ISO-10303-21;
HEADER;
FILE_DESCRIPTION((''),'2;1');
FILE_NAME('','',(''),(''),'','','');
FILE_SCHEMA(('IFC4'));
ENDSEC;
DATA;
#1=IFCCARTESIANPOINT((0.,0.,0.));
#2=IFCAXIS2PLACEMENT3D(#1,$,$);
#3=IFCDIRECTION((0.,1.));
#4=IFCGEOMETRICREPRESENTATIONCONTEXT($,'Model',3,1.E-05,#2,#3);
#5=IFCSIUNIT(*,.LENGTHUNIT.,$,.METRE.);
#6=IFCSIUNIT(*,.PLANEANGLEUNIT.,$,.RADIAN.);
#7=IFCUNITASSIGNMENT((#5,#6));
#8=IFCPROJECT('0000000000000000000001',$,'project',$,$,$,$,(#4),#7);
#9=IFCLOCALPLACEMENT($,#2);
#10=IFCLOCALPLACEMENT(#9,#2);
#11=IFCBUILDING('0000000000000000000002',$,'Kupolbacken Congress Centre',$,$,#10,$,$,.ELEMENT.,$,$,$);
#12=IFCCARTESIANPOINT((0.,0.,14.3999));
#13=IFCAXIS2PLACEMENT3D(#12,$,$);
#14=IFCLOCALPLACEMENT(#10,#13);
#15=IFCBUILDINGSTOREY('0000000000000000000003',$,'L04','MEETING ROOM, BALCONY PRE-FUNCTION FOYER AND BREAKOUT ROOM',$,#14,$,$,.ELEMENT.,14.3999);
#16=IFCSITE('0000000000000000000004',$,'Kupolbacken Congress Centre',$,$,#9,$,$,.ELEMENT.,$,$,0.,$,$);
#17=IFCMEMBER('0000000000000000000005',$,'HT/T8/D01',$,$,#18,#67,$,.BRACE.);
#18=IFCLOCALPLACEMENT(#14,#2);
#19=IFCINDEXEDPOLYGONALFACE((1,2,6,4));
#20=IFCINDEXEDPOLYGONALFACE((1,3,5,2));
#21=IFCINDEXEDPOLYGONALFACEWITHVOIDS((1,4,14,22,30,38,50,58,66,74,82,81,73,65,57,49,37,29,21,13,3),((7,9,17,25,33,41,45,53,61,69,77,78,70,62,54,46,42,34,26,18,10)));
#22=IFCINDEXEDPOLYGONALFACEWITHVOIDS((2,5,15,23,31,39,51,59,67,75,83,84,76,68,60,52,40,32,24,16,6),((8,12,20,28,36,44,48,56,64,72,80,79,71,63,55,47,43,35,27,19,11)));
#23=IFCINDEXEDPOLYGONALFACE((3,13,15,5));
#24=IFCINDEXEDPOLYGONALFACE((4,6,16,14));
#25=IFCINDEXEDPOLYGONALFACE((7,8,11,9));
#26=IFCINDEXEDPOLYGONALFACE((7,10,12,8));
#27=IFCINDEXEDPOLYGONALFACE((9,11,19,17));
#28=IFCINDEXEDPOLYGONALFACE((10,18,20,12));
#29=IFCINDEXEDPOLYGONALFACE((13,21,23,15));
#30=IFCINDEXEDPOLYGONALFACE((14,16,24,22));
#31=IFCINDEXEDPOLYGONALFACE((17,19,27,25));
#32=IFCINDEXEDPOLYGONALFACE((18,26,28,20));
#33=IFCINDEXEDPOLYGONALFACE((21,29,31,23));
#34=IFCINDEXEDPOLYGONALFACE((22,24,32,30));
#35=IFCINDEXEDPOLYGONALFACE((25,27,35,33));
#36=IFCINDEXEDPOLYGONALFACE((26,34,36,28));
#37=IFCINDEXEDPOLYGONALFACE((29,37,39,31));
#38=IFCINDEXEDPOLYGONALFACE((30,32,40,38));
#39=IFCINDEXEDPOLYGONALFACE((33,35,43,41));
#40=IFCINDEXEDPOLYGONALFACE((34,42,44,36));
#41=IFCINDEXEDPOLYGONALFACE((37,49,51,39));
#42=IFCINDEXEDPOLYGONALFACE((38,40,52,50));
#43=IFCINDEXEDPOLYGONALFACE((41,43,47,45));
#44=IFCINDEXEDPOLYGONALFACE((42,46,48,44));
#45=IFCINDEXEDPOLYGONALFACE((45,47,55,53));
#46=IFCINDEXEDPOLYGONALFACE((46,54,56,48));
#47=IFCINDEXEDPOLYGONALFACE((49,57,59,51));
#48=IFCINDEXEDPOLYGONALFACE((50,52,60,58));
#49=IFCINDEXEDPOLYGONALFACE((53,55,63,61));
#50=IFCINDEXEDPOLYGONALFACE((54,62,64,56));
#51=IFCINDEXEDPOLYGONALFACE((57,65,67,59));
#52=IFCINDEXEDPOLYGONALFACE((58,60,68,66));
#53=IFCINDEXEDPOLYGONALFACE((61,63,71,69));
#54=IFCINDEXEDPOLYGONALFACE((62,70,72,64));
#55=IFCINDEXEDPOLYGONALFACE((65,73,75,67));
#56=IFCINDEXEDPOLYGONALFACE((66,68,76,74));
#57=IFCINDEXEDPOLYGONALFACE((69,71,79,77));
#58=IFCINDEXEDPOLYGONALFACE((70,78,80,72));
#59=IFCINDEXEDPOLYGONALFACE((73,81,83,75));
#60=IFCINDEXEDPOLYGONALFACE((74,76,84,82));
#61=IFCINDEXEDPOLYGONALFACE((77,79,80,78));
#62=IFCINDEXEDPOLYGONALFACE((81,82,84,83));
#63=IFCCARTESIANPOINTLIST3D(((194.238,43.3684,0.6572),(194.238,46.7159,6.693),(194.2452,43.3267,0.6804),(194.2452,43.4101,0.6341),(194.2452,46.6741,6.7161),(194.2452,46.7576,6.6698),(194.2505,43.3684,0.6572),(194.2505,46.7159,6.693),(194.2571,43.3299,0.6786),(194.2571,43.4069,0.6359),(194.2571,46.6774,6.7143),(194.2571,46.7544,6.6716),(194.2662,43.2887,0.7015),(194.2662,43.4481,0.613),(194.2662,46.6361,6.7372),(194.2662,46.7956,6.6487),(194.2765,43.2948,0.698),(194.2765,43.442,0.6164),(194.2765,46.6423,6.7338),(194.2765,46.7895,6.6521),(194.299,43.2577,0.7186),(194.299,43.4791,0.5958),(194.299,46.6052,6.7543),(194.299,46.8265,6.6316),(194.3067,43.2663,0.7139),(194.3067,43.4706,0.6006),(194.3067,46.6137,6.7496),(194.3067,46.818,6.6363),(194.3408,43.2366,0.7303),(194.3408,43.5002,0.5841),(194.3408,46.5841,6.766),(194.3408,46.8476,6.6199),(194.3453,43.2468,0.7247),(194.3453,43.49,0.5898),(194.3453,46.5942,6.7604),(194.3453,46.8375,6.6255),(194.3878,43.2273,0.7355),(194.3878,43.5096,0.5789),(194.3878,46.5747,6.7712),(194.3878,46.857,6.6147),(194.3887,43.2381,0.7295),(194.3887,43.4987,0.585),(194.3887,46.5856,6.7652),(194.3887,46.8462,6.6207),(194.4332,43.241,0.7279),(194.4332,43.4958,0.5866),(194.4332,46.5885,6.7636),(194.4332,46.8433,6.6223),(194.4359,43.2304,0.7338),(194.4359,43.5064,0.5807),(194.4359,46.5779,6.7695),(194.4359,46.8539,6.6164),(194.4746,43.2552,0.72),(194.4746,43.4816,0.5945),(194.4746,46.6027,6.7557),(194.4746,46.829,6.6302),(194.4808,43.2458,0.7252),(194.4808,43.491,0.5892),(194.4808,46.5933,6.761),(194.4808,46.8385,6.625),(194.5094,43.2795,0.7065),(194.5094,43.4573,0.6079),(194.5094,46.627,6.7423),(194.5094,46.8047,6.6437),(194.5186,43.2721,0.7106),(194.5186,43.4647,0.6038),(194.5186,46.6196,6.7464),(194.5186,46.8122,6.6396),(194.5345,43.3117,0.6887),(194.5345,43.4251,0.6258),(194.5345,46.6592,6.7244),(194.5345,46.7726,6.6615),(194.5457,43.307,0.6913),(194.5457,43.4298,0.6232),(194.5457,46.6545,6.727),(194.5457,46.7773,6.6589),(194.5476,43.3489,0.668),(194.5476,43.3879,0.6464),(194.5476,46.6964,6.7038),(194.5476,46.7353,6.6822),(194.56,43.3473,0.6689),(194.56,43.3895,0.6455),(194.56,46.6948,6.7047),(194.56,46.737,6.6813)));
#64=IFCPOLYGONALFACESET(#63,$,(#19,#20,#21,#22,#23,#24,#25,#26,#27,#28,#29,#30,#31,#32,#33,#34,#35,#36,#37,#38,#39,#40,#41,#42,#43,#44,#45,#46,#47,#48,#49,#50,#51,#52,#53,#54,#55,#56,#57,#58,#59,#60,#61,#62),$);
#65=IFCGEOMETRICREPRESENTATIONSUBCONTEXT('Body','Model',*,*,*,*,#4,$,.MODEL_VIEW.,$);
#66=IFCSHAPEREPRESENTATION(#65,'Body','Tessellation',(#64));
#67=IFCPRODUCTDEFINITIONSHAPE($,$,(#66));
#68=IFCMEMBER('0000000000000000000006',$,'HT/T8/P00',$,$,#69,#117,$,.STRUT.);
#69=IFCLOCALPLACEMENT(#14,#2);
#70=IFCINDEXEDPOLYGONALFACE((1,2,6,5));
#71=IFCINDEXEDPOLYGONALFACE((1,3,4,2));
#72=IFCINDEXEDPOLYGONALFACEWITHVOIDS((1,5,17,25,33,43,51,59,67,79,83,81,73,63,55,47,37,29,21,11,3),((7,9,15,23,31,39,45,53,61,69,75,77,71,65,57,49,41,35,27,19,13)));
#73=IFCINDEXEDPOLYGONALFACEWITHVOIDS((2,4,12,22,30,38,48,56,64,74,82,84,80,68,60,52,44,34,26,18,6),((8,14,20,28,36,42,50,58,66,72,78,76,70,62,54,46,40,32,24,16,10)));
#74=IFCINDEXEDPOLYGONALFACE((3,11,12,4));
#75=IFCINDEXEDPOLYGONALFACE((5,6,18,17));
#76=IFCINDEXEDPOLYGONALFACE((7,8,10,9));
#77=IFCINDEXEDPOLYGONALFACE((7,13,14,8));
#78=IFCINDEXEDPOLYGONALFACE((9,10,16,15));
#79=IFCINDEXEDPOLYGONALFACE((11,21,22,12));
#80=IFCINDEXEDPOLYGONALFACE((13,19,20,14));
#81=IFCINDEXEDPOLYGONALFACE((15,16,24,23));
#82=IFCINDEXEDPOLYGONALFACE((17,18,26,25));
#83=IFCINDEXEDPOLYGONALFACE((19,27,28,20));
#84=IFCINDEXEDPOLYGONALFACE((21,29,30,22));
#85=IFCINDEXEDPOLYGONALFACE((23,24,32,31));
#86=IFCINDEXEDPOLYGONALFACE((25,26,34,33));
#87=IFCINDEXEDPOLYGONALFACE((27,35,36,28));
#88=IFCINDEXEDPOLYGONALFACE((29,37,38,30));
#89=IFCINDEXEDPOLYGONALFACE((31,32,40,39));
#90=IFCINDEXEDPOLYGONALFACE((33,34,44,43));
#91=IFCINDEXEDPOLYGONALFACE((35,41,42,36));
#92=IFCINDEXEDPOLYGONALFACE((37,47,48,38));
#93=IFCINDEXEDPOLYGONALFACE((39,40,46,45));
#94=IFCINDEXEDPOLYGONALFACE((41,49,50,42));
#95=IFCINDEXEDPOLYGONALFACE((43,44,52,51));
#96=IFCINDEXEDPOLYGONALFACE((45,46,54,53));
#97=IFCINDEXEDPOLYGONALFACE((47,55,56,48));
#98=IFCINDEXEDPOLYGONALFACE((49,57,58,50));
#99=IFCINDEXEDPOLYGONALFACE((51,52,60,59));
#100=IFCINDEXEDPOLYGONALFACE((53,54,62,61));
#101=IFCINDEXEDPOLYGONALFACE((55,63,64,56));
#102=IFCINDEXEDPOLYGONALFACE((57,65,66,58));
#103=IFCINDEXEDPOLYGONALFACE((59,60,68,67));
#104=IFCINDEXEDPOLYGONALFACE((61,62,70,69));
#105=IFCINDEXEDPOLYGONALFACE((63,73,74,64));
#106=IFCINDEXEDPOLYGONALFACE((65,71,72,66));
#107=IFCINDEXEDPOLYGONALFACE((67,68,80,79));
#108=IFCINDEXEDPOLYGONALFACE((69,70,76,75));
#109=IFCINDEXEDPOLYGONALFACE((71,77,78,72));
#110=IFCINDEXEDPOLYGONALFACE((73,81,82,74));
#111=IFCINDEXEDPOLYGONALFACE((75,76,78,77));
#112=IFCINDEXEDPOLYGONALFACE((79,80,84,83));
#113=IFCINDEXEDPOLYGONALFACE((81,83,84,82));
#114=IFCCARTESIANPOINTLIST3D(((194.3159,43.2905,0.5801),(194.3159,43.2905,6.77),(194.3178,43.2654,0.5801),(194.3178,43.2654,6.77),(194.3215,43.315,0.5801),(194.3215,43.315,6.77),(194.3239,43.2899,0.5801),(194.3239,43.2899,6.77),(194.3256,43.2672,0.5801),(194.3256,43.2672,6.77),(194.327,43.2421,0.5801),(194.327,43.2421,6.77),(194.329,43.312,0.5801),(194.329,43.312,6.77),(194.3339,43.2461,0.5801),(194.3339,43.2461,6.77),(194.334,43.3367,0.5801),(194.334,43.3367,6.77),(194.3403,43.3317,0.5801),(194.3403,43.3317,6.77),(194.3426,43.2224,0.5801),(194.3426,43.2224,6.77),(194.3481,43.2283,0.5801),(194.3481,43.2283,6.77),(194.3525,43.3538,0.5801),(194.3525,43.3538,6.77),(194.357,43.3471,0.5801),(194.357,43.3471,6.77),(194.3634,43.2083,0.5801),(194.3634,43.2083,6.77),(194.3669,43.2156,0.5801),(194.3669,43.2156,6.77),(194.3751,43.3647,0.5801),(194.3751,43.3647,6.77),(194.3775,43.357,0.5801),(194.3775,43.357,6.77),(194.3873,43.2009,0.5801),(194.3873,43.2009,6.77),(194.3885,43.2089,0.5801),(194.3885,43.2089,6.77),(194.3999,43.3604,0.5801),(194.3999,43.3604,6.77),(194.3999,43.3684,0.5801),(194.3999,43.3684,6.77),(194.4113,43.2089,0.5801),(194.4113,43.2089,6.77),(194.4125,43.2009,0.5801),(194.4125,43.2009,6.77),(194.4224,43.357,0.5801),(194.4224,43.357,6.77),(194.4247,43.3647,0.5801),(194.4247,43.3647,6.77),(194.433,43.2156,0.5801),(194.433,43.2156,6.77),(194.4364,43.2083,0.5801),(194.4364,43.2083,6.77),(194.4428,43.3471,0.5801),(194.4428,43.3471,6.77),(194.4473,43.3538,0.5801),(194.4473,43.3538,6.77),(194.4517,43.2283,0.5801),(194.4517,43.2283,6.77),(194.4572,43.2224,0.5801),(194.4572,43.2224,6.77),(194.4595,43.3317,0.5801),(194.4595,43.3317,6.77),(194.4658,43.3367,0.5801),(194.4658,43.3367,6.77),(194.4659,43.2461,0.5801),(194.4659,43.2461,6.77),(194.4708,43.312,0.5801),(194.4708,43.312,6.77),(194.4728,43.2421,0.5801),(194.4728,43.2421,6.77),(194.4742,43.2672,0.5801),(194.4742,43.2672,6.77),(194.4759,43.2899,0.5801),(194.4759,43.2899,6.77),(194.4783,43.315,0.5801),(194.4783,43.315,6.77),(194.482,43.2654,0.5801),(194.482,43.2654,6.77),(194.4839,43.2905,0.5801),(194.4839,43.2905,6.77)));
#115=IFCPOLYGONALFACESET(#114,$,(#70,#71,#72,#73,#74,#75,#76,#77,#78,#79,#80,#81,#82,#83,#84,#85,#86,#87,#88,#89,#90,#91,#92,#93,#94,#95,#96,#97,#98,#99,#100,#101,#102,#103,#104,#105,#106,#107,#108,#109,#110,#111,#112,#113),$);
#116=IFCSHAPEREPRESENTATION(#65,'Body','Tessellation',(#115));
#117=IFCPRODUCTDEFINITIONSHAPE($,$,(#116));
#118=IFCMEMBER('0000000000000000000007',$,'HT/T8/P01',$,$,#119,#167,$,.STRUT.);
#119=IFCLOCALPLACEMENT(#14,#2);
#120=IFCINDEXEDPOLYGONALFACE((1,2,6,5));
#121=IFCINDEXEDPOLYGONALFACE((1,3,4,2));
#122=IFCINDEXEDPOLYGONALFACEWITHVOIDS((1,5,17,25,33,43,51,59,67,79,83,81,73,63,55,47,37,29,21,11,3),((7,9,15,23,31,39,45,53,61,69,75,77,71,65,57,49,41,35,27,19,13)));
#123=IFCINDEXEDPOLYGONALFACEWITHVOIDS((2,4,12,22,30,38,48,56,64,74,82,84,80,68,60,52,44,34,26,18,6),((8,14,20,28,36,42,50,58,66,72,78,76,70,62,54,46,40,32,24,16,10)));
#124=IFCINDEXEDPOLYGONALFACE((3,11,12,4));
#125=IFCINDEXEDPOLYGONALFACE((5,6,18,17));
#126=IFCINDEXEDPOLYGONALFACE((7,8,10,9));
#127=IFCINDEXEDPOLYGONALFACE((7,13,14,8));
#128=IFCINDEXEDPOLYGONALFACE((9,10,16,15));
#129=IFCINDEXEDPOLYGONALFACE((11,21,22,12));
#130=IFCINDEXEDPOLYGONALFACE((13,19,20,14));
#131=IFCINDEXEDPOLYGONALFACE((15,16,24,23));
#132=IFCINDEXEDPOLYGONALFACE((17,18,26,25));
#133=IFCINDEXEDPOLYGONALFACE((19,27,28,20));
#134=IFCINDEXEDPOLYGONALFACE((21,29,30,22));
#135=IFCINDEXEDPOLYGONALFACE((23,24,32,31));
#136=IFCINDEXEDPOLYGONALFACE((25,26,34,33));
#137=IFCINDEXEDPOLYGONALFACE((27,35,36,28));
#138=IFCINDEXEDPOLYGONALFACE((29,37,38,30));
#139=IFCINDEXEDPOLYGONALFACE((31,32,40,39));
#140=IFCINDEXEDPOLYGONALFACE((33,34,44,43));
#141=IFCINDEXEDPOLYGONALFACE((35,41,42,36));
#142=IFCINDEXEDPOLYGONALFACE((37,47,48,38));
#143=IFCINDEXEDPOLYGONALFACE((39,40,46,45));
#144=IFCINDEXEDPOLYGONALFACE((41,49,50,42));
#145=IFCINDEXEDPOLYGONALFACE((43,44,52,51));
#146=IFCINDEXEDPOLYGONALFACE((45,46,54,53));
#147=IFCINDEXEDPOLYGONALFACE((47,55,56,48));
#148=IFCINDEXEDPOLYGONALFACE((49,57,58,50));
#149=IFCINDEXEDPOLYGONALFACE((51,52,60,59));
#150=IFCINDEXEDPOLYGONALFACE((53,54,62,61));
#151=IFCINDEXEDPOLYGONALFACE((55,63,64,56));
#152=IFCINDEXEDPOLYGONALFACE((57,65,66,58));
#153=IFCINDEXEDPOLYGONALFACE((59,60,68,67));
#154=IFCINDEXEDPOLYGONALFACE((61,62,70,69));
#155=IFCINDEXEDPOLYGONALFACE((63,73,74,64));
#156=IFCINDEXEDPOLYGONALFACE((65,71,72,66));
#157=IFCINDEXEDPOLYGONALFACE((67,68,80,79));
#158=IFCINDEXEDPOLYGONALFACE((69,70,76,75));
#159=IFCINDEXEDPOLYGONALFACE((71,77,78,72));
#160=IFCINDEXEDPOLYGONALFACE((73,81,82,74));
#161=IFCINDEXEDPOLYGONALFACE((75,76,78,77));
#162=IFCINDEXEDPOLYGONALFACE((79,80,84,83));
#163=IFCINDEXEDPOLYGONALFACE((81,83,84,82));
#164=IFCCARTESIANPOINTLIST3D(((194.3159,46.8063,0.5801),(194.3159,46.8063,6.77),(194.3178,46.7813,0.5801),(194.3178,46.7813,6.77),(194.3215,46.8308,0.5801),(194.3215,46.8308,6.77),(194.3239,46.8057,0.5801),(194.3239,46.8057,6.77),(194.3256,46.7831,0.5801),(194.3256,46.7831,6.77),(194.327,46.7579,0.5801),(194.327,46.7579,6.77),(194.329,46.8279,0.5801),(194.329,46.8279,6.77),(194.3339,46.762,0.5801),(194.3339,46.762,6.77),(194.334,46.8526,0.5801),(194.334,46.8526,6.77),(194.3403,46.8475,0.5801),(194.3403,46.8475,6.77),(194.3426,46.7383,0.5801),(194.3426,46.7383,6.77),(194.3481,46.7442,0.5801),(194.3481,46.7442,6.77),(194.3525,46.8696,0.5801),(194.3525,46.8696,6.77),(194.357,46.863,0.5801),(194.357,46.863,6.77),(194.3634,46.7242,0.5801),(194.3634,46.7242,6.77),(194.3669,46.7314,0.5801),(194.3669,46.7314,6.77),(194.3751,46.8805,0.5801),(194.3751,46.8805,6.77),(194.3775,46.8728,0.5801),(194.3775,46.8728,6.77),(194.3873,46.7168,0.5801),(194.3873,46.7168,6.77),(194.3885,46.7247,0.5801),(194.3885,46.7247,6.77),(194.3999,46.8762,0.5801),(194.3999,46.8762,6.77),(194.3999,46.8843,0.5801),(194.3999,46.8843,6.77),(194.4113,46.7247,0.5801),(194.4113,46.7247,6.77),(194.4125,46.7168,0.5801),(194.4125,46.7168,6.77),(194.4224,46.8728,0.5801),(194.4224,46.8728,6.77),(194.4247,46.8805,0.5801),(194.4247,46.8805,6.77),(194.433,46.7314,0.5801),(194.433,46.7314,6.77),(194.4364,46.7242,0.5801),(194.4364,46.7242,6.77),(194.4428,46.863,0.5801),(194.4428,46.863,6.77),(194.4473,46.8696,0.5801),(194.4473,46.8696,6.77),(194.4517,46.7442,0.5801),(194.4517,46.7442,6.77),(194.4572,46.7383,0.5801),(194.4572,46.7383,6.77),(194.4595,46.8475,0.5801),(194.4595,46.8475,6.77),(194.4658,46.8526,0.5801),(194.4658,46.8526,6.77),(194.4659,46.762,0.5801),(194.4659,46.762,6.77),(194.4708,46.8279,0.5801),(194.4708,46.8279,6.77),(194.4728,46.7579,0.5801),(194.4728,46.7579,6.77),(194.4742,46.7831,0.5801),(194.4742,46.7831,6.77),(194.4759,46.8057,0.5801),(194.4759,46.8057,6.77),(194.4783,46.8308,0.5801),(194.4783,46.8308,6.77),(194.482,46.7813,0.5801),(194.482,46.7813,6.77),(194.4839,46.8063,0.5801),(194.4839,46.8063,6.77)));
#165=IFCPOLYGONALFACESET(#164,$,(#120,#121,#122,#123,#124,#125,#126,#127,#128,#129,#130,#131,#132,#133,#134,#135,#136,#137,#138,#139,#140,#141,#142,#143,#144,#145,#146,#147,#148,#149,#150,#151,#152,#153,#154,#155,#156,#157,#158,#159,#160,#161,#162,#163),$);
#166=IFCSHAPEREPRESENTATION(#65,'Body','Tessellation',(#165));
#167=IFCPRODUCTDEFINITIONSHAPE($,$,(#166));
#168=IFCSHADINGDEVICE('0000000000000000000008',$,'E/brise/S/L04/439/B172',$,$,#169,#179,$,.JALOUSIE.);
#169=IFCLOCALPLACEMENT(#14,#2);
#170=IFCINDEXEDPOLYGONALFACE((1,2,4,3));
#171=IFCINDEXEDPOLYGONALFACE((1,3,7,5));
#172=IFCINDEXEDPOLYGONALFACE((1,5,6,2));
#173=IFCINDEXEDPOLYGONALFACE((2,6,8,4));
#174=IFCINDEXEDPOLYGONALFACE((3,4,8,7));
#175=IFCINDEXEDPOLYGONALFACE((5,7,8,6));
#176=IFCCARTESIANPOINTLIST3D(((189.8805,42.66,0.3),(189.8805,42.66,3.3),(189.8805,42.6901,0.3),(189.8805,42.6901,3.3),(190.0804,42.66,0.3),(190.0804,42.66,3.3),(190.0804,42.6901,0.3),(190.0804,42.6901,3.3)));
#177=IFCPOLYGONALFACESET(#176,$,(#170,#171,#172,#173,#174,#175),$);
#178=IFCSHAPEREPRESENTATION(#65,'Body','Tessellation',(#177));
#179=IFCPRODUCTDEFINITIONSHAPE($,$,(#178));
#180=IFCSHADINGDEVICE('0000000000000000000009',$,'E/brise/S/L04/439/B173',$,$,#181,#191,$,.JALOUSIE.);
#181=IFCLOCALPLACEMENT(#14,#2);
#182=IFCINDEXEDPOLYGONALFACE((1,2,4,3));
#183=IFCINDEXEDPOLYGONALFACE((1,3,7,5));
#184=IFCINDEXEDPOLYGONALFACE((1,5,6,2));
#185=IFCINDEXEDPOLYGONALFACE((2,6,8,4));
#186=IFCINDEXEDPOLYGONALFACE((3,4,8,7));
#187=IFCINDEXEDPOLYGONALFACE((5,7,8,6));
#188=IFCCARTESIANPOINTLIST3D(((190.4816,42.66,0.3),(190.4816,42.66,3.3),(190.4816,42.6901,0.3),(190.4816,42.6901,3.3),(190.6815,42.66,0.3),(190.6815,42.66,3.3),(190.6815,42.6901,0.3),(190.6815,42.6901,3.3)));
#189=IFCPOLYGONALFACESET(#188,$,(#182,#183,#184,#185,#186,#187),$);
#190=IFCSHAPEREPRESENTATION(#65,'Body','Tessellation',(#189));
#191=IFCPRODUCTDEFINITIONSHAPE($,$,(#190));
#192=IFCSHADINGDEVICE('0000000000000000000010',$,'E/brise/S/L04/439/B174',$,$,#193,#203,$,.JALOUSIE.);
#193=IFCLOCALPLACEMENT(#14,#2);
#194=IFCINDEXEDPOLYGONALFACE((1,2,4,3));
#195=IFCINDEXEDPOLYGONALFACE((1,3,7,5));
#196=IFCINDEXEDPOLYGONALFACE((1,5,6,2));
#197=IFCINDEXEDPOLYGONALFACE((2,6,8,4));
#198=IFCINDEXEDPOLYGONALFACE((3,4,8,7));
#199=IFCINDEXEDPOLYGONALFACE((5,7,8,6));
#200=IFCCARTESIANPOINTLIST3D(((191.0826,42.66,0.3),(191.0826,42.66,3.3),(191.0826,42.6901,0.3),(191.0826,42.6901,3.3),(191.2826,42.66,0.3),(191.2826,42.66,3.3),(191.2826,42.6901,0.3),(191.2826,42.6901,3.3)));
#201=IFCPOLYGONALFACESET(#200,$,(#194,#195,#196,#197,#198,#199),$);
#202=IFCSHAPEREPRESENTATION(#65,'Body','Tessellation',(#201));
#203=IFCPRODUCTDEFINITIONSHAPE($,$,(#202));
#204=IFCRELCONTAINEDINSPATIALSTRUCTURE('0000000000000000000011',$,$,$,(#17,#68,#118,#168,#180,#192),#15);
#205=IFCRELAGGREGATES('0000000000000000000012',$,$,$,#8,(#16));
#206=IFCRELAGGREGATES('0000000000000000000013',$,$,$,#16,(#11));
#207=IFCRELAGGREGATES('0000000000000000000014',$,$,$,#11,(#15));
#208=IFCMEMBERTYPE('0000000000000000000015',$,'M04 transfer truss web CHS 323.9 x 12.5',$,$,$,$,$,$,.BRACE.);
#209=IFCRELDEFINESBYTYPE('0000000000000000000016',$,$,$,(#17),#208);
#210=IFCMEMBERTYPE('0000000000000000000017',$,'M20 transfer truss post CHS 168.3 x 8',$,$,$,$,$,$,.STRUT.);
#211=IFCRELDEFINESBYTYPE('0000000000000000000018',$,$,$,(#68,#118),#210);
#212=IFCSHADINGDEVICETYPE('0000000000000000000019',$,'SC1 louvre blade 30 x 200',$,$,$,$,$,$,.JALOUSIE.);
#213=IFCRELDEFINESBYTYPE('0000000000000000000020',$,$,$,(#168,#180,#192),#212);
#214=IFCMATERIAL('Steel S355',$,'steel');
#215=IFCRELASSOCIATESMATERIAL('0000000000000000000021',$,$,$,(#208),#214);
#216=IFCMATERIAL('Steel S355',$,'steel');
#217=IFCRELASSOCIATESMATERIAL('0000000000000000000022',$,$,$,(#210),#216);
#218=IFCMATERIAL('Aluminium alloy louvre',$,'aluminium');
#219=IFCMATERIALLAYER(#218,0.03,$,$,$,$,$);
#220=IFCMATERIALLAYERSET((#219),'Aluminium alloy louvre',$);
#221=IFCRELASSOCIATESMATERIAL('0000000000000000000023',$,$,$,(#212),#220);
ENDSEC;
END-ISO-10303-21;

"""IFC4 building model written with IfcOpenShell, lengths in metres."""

from ifc_helpers import new_model, si_unit, direction, frame, origin, origin_2d, place, context, subcontext, project, spatial, rectangle, hollow_circle, extrude, material, layer, layer_set, material_profile, profile_set, type_object, element, save


model = new_model("IFC4")

# Units and contexts
model_context = context("Model", 3, precision=1e-05, world=origin(), true_north=direction((0.0, 1.0)))
body_context = subcontext(model_context, "Body", "Model", "MODEL_VIEW")
ifc_project = project(units=[si_unit("LENGTHUNIT", "METRE"), si_unit("PLANEANGLEUNIT", "RADIAN")], contexts=[model_context])

# Site, building, storey
site_placement = place(None, origin())
site = spatial("IfcSite", under=ifc_project, at=site_placement, Name="Kupolbacken Congress Centre", CompositionType="ELEMENT", RefElevation=0.0)
building_placement = place(site_placement, origin())
building = spatial("IfcBuilding", under=site, at=building_placement, Name="Kupolbacken Congress Centre", CompositionType="ELEMENT")
storey_placement = place(building_placement, frame((0.0, 0.0, 14.3999)))
storey = spatial("IfcBuildingStorey", under=building, at=storey_placement, Name="L04", Description="MEETING ROOM, BALCONY PRE-FUNCTION FOYER AND BREAKOUT ROOM", CompositionType="ELEMENT", Elevation=14.3999)

# Members
ifc_material_1 = material(Name="Steel S355", Category="steel")
ifc_material_profile_1 = material_profile(ifc_material_1, hollow_circle(Radius=0.1619, WallThickness=0.0125, at=origin_2d()), Name="CHS 323.9 x 12.5")
ifc_profile_set_1 = profile_set([ifc_material_profile_1], Name="Steel S355")
member_type_1 = type_object("IfcMemberType", Name="M04 transfer truss web CHS 323.9 x 12.5", PredefinedType="BRACE", material=ifc_profile_set_1)
member_1_placement = place(storey_placement, frame((194.3999, 43.3684, 0.6572), z_axis=(0.0, 0.485009, 0.874509), x_axis=(-1.0, 0.0, 0.0)))
element("IfcMember", 1, at=member_1_placement, inside=storey, type_object=member_type_1, Name="HT/T8/D01", PredefinedType="BRACE", context=body_context, shape_type="SweptSolid", body=[
    extrude(hollow_circle(Radius=0.1619, WallThickness=0.0125, at=origin_2d()), origin(), (0.0, 0.0, 1.0), 6.9019),
])
ifc_material_2 = material(Name="Steel S355", Category="steel")
ifc_material_profile_2 = material_profile(ifc_material_2, hollow_circle(Radius=0.0842, WallThickness=0.0081, at=origin_2d()), Name="CHS 168.3 x 8")
ifc_profile_set_2 = profile_set([ifc_material_profile_2], Name="Steel S355")
member_type_2 = type_object("IfcMemberType", Name="M20 transfer truss post CHS 168.3 x 8", PredefinedType="STRUT", material=ifc_profile_set_2)
for number, where, z_axis, x_axis, name in (
    (2, (194.3999, 43.2842, 0.5801), (0.0, 0.0, 1.0), (0.0, 1.0, 0.0), "HT/T8/P00"),
    (3, (194.3999, 46.8, 0.5801), (0.0, 0.0, 1.0), (0.0, 1.0, 0.0), "HT/T8/P01"),
):
    element("IfcMember", number, at=place(storey_placement, frame(where, z_axis=z_axis, x_axis=x_axis)), inside=storey, type_object=member_type_2, Name=name, PredefinedType="STRUT", context=body_context, shape_type="SweptSolid", body=[
        extrude(hollow_circle(Radius=0.0842, WallThickness=0.0081, at=origin_2d()), origin(), (0.0, 0.0, 1.0), 6.1899),
    ])

# Shading devices
ifc_material_3 = material(Name="Aluminium alloy louvre", Category="aluminium")
ifc_layer_1 = layer(ifc_material_3, 0.03)
ifc_layer_set_1 = layer_set([ifc_layer_1], Name="Aluminium alloy louvre")
shading_device_type = type_object("IfcShadingDeviceType", Name="SC1 louvre blade 30 x 200", PredefinedType="JALOUSIE", material=ifc_layer_set_1)
for number, where, z_axis, x_axis, name in (
    (4, (189.9805, 42.675, 0.3), (0.0, 0.0, 1.0), (1.0, 0.0, 0.0), "E/brise/S/L04/439/B172"),
    (5, (190.5815, 42.675, 0.3), (0.0, 0.0, 1.0), (1.0, 0.0, 0.0), "E/brise/S/L04/439/B173"),
    (6, (191.1826, 42.675, 0.3), (0.0, 0.0, 1.0), (1.0, 0.0, 0.0), "E/brise/S/L04/439/B174"),
):
    element("IfcShadingDevice", number, at=place(storey_placement, frame(where, z_axis=z_axis, x_axis=x_axis)), inside=storey, type_object=shading_device_type, Name=name, PredefinedType="JALOUSIE", context=body_context, shape_type="SweptSolid", body=[
        extrude(rectangle(XDim=0.2, YDim=0.03, at=origin_2d()), origin(), (0.0, 0.0, 1.0), 3.0),
    ])

save(model, "model.ifc")
